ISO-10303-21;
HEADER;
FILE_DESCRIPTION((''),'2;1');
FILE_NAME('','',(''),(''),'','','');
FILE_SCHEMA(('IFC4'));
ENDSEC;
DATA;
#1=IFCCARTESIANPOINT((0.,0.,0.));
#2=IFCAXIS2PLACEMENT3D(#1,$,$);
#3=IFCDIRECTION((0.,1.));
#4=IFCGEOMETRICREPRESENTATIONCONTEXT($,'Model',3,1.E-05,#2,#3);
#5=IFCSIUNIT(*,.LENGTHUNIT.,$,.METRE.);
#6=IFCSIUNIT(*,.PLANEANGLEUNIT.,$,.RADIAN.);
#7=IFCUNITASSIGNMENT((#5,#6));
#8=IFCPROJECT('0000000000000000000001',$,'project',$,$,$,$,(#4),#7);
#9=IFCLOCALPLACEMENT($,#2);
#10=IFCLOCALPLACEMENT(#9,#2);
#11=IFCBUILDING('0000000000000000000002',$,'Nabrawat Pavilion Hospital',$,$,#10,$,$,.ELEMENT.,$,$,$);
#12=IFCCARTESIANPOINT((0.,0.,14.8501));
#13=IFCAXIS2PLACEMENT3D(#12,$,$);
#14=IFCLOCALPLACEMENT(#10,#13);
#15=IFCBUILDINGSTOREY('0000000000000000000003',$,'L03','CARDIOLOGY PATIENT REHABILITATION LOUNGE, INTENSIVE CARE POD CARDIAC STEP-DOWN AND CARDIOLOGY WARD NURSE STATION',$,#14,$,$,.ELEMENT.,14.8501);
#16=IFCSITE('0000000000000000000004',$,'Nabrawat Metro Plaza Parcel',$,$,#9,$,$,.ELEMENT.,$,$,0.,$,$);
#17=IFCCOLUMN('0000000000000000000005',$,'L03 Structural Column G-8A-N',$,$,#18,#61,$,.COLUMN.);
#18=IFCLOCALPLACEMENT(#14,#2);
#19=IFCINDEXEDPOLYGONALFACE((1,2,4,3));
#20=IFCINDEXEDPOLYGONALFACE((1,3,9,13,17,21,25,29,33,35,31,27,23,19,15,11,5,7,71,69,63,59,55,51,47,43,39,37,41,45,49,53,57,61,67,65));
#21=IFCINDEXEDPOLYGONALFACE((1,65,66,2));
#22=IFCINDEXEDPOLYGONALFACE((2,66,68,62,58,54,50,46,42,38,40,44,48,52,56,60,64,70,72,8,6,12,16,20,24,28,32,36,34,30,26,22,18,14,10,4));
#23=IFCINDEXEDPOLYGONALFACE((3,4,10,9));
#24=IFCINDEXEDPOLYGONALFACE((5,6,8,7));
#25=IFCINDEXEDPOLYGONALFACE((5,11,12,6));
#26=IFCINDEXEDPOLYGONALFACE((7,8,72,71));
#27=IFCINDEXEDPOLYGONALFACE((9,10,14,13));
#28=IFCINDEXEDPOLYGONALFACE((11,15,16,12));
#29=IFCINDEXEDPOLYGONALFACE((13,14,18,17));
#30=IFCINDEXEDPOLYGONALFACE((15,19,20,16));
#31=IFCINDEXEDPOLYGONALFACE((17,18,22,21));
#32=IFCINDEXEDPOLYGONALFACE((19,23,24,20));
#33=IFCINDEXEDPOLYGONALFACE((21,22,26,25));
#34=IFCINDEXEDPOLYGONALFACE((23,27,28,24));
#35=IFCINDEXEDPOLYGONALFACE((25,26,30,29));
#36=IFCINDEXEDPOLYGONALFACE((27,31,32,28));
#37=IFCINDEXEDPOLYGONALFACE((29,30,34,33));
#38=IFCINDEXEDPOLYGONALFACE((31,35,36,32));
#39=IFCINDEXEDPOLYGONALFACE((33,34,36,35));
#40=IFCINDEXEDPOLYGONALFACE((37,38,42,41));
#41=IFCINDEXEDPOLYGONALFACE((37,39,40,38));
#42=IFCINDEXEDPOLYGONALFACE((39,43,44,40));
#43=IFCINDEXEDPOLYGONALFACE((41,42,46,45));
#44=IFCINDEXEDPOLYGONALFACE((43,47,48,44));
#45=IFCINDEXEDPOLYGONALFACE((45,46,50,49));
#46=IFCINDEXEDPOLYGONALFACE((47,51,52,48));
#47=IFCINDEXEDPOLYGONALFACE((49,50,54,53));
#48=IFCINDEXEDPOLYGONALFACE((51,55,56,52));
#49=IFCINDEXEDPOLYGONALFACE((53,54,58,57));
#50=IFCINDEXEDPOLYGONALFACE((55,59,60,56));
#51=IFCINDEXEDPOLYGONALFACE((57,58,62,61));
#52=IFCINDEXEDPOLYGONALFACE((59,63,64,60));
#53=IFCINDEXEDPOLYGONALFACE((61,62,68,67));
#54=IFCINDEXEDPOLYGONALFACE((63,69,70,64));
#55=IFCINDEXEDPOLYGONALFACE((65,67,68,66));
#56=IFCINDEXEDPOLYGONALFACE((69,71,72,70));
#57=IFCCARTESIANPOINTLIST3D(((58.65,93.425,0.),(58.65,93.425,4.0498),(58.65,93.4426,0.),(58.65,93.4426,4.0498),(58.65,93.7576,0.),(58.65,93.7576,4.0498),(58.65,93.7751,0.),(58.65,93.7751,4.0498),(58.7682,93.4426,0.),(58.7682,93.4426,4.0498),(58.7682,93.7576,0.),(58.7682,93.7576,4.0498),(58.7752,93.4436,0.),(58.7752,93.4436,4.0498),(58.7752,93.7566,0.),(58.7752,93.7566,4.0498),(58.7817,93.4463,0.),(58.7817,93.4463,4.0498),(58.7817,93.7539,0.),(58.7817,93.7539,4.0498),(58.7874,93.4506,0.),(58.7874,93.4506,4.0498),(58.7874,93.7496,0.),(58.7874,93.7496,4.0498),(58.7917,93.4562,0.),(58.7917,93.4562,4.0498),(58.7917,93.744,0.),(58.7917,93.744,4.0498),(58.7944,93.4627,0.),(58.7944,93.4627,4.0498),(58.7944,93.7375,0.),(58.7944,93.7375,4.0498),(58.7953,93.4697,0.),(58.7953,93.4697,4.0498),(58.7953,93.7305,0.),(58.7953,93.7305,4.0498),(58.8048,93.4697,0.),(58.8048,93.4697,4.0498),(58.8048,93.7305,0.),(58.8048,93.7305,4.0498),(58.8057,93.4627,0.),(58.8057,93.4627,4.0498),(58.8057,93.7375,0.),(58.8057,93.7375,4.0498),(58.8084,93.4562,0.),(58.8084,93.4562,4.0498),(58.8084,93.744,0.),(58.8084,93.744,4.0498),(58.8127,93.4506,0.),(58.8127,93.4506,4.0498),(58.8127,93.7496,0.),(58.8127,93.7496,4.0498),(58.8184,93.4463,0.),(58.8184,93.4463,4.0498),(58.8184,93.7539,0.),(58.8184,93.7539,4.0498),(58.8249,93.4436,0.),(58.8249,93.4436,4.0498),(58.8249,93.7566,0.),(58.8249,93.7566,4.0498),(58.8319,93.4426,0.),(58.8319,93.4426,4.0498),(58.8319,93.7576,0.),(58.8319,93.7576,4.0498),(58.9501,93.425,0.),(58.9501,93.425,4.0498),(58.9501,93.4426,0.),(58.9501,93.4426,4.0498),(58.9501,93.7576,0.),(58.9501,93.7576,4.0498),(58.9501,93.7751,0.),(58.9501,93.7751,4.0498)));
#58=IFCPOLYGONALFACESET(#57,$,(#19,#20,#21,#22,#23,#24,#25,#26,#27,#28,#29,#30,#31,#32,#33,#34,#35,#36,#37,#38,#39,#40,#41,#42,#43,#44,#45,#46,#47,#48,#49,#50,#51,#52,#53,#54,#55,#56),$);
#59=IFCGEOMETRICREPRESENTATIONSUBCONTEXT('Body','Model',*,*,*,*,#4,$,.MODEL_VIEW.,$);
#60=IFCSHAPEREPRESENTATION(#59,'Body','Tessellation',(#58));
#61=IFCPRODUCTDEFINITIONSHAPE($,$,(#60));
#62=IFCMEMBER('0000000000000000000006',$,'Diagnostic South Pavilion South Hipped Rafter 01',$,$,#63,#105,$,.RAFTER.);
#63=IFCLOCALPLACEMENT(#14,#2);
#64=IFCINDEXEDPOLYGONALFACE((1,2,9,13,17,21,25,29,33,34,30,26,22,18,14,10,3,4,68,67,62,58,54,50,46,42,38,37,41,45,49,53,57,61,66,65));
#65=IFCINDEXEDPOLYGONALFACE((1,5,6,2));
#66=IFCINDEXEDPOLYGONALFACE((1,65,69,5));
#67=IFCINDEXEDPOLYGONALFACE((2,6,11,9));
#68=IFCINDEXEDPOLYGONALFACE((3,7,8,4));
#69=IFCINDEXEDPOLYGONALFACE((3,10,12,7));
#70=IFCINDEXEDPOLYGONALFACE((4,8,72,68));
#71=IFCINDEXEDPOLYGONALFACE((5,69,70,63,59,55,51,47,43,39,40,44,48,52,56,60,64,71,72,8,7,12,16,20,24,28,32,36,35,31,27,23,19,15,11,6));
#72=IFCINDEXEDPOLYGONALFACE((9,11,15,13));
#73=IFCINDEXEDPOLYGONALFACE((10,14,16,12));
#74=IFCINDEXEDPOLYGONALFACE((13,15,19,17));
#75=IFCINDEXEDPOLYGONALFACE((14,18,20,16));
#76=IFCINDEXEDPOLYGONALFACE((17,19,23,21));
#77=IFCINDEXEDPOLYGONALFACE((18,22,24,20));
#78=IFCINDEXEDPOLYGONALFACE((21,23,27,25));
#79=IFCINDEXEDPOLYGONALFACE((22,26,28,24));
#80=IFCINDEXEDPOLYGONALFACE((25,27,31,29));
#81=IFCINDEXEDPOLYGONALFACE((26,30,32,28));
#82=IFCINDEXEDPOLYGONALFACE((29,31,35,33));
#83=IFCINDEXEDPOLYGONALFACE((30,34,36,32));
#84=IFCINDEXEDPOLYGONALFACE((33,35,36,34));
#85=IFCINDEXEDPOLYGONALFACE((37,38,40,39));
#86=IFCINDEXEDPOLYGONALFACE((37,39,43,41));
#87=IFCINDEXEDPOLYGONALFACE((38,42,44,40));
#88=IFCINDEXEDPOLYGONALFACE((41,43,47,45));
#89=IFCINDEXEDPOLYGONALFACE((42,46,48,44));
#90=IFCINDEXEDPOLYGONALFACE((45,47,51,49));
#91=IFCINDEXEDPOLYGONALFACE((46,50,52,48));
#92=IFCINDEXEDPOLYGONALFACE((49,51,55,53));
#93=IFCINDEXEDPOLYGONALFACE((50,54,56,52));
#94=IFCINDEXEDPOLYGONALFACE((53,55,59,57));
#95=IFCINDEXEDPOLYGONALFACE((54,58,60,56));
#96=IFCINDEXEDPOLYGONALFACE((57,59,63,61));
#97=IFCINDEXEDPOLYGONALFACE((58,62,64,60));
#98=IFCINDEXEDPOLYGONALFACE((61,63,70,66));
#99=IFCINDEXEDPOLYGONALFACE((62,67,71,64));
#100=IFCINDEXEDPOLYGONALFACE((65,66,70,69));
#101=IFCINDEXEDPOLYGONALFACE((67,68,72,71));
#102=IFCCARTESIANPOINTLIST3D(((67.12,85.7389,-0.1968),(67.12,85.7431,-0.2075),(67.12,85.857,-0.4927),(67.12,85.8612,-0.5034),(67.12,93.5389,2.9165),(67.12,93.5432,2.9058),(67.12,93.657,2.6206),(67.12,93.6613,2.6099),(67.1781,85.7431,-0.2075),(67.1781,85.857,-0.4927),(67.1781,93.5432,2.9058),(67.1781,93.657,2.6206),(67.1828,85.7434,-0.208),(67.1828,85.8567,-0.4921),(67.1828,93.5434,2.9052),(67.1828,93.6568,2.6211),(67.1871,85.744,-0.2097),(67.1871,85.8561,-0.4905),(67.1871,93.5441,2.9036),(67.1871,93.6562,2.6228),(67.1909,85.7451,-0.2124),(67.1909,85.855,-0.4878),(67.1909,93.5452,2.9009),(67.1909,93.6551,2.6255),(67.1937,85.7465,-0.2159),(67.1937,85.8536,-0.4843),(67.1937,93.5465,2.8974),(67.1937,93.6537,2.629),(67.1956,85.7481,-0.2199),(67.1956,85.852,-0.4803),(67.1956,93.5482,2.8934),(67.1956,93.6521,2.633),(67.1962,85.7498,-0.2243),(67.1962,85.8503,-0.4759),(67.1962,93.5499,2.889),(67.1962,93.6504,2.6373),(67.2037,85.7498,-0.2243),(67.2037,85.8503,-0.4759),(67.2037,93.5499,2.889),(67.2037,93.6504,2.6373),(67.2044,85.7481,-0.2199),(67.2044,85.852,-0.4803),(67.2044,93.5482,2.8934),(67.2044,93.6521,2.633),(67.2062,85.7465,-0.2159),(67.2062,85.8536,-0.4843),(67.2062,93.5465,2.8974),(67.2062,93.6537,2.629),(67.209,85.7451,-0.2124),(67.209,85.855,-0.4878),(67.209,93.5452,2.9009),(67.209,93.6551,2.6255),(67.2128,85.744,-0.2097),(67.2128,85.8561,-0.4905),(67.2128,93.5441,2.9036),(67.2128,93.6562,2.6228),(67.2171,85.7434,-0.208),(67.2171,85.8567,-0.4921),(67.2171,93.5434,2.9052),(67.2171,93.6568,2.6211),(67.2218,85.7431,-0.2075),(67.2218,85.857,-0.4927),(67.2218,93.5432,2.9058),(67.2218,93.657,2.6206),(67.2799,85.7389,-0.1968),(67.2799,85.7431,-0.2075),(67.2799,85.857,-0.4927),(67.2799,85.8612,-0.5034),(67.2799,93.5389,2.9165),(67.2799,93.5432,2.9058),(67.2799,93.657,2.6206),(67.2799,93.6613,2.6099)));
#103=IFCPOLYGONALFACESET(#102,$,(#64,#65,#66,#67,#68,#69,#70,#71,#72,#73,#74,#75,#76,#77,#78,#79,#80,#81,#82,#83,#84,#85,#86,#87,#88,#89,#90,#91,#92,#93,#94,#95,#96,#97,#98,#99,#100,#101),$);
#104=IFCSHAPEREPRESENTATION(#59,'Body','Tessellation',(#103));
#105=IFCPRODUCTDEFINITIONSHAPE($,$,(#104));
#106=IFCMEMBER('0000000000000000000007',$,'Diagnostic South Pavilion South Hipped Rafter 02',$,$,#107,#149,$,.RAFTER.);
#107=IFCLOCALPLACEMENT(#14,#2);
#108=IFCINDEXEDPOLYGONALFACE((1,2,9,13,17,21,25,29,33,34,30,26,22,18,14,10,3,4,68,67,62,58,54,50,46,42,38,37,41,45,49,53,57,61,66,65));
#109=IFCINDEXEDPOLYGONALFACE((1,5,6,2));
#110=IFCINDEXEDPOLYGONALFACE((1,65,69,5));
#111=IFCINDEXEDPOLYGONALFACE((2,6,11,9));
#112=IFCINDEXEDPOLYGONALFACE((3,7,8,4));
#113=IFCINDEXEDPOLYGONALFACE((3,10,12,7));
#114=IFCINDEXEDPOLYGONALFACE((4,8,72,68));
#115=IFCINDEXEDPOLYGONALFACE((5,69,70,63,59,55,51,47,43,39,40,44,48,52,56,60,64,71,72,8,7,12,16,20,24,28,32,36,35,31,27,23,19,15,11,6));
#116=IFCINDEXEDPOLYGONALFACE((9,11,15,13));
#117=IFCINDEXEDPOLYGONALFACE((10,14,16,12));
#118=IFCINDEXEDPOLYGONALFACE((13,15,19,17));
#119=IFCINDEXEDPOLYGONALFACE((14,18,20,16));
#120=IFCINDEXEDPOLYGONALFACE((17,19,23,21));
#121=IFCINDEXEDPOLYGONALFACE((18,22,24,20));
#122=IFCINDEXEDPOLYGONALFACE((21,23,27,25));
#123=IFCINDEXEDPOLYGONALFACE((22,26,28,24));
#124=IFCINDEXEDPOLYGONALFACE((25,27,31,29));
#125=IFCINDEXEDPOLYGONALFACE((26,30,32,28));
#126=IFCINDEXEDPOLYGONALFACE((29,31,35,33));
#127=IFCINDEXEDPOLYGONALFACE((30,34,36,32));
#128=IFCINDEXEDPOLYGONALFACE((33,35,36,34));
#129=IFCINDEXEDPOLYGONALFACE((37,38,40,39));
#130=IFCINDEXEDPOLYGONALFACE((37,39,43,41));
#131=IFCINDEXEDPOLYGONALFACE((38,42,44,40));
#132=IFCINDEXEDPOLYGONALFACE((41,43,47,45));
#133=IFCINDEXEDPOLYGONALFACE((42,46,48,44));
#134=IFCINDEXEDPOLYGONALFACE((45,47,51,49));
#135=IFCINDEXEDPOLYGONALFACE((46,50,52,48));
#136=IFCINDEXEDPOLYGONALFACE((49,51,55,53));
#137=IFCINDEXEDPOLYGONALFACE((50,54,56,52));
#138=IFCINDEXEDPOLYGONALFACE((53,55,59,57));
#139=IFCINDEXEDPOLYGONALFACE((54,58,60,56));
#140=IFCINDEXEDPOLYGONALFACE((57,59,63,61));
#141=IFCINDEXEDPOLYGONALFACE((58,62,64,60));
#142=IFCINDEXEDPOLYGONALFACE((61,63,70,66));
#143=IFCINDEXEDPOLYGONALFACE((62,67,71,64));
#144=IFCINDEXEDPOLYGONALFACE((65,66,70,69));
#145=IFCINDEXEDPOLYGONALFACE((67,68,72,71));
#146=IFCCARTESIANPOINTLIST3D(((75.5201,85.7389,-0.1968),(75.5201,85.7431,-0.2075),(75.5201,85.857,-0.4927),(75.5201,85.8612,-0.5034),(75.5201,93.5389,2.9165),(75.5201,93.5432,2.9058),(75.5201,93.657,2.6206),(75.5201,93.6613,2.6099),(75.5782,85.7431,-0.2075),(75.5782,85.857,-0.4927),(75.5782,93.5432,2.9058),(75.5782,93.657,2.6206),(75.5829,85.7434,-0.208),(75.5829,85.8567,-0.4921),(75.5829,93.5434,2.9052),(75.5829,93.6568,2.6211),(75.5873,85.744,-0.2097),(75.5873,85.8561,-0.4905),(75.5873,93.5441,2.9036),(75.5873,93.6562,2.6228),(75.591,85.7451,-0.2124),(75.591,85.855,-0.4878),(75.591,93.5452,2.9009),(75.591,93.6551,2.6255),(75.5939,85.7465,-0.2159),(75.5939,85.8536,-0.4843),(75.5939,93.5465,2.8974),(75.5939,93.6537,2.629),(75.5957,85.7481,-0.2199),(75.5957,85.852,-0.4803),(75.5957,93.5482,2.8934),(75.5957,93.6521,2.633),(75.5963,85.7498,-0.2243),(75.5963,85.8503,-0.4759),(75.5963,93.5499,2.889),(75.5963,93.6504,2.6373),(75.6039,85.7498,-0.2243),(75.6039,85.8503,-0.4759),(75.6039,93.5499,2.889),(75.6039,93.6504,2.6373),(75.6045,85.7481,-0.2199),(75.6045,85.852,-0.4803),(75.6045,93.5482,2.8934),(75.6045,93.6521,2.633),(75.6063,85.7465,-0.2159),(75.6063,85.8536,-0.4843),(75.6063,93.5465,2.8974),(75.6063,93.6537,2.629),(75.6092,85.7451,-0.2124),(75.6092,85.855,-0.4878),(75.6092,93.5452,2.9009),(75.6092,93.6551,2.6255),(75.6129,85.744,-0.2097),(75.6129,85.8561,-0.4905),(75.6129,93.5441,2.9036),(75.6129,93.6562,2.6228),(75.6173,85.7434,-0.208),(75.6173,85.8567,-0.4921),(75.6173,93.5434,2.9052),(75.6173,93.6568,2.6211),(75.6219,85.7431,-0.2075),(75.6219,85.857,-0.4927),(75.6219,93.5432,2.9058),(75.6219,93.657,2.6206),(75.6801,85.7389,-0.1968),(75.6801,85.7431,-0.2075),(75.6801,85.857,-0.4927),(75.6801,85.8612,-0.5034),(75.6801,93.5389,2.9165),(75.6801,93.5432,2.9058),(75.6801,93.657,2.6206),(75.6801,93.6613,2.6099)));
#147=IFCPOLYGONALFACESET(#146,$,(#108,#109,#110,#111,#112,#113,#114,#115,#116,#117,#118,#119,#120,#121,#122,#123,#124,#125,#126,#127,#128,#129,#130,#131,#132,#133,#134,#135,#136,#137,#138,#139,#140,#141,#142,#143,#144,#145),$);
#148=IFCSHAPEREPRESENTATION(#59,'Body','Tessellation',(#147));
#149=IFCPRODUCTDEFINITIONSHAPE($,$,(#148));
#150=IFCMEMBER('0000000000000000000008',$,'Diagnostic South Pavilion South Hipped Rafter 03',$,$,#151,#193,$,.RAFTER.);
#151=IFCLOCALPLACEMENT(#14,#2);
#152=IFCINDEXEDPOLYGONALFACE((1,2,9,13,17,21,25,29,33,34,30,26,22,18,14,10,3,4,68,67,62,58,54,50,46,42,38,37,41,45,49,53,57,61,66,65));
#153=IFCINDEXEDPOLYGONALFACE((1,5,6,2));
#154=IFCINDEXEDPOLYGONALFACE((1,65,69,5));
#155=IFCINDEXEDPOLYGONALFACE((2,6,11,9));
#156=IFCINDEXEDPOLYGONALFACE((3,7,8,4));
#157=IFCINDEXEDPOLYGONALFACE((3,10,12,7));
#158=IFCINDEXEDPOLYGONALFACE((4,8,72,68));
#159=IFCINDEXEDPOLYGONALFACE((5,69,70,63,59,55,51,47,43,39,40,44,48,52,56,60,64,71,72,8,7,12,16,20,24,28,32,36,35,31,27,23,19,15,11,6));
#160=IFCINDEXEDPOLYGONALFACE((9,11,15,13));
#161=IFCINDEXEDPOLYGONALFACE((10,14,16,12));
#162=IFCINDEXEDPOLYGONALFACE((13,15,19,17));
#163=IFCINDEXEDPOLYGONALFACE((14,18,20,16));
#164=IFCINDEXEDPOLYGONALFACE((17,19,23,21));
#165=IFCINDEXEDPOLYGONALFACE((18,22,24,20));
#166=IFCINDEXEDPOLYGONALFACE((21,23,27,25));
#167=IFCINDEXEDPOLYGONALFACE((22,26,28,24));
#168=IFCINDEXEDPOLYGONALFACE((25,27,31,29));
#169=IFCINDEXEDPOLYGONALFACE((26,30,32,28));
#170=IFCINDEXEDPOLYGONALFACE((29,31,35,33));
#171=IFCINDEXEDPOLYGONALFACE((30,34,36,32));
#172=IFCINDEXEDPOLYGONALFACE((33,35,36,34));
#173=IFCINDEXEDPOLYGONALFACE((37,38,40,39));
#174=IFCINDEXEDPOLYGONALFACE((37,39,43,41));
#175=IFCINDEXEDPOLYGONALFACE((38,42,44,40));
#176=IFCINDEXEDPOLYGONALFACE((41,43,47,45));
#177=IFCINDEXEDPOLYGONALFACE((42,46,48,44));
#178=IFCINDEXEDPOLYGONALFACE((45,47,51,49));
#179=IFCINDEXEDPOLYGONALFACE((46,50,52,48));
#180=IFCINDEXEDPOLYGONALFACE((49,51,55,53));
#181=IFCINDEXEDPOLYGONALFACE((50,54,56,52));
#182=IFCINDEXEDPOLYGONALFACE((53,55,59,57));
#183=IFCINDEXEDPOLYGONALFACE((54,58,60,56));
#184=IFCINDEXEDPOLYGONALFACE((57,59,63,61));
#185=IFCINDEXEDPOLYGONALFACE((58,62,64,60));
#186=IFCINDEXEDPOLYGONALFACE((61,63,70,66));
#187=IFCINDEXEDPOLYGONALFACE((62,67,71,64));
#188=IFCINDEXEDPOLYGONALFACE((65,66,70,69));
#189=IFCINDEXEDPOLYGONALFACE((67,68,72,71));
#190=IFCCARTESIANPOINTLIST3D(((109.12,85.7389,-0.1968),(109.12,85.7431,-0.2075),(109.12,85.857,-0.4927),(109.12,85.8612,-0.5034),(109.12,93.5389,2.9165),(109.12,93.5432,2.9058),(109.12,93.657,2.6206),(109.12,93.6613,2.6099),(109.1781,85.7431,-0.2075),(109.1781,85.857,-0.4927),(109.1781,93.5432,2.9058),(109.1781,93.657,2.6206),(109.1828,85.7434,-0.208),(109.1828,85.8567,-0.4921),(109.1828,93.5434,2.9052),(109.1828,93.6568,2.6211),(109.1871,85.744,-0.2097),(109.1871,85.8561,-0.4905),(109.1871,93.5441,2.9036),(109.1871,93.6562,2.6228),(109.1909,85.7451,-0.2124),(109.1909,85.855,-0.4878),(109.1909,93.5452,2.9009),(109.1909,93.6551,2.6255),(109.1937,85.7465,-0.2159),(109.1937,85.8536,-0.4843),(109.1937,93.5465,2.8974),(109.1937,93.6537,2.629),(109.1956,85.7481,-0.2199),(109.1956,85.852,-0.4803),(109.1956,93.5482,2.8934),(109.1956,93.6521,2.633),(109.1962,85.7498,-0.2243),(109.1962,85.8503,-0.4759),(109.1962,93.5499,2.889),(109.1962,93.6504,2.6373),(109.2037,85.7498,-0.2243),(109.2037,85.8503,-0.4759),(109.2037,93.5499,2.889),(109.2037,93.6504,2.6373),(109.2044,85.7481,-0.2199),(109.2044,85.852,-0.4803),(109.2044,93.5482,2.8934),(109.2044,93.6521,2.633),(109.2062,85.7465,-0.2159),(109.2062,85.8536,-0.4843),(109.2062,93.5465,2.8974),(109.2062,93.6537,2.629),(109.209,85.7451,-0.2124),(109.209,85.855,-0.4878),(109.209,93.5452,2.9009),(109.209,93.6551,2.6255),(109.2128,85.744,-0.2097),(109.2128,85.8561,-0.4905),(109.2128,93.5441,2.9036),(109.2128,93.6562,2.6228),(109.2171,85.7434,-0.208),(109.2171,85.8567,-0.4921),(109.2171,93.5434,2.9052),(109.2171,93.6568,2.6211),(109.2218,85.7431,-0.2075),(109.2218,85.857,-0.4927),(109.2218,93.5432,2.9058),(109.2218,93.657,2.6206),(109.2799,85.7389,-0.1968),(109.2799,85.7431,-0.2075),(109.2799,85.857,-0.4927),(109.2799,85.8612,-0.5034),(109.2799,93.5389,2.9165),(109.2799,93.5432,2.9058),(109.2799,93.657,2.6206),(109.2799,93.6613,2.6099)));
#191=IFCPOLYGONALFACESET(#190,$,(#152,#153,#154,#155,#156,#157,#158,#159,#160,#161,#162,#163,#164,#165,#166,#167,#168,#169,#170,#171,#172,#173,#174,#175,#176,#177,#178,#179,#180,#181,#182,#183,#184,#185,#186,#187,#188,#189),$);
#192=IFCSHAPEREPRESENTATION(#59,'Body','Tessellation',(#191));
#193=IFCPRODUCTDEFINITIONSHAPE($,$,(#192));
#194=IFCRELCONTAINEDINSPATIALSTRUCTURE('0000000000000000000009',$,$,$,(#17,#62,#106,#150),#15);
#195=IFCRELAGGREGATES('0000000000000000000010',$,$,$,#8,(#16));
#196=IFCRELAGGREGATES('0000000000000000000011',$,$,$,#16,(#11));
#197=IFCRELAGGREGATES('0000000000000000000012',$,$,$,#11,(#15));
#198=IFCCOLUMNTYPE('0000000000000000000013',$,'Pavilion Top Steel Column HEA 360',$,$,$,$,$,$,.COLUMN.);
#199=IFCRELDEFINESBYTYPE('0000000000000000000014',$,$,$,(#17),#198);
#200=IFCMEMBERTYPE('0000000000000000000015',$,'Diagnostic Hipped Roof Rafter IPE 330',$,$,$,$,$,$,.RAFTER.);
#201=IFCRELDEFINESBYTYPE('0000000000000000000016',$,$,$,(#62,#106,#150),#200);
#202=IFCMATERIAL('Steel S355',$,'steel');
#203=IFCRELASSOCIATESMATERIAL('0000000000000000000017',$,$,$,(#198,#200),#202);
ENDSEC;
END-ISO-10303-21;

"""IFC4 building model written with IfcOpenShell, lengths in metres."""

from ifc_helpers import new_model, si_unit, direction, frame, origin, origin_2d, place, context, subcontext, project, spatial, i_section, extrude, material, material_profile, profile_set, type_object, element, save


model = new_model("IFC4")

# Units and contexts
model_context = context("Model", 3, precision=1e-05, world=origin(), true_north=direction((0.0, 1.0)))
body_context = subcontext(model_context, "Body", "Model", "MODEL_VIEW")
ifc_project = project(units=[si_unit("LENGTHUNIT", "METRE"), si_unit("PLANEANGLEUNIT", "RADIAN")], contexts=[model_context])

# Site, building, storey
site_placement = place(None, origin())
site = spatial("IfcSite", under=ifc_project, at=site_placement, Name="Nabrawat Metro Plaza Parcel", CompositionType="ELEMENT", RefElevation=0.0)
building_placement = place(site_placement, origin())
building = spatial("IfcBuilding", under=site, at=building_placement, Name="Nabrawat Pavilion Hospital", CompositionType="ELEMENT")
storey_placement = place(building_placement, frame((0.0, 0.0, 14.8501)))
storey = spatial("IfcBuildingStorey", under=building, at=storey_placement, Name="L03", Description="CARDIOLOGY PATIENT REHABILITATION LOUNGE, INTENSIVE CARE POD CARDIAC STEP-DOWN AND CARDIOLOGY WARD NURSE STATION", CompositionType="ELEMENT", Elevation=14.8501)

# Column
ifc_material_1 = material(Name="Steel S355", Category="steel")
ifc_material_profile_1 = material_profile(ifc_material_1, i_section(OverallWidth=0.3, OverallDepth=0.3501, WebThickness=0.0095, FlangeThickness=0.0176, FilletRadius=0.0271, at=origin_2d()), Name="HEA 360")
ifc_profile_set_1 = profile_set([ifc_material_profile_1], Name="Steel S355")
column_type = type_object("IfcColumnType", Name="Pavilion Top Steel Column HEA 360", PredefinedType="COLUMN", material=ifc_profile_set_1)
for number, where, z_axis, x_axis, name in (
    (1, (58.8, 93.6001, 0.0), (0.0, 0.0, 1.0), (1.0, 0.0, 0.0), "L03 Structural Column G-8A-N"),
):
    element("IfcColumn", number, at=place(storey_placement, frame(where, z_axis=z_axis, x_axis=x_axis)), inside=storey, type_object=column_type, Name=name, PredefinedType="COLUMN", context=body_context, shape_type="SweptSolid", body=[
        extrude(i_section(OverallWidth=0.3, OverallDepth=0.3501, WebThickness=0.0095, FlangeThickness=0.0176, FilletRadius=0.0271, at=origin_2d()), origin(), (0.0, 0.0, 1.0), 4.0498),
    ])

# Members
ifc_material_profile_2 = material_profile(ifc_material_1, i_section(OverallWidth=0.1599, OverallDepth=0.3301, WebThickness=0.0076, FlangeThickness=0.0115, FilletRadius=0.0181, at=origin_2d()), Name="IPE 330")
ifc_profile_set_2 = profile_set([ifc_material_profile_2], Name="Steel S355")
member_type_1 = type_object("IfcMemberType", Name="Diagnostic Hipped Roof Rafter IPE 330", PredefinedType="RAFTER", material=ifc_profile_set_2)
for number, where, z_axis, x_axis, name in (
    (2, (67.2, 85.8, -0.3501), (0.0, 0.928753, 0.370699), (-1.0, 0.0, 0.0), "Diagnostic South Pavilion South Hipped Rafter 01"),
    (3, (75.6001, 85.8, -0.3501), (0.0, 0.928753, 0.370699), (-1.0, 0.0, 0.0), "Diagnostic South Pavilion South Hipped Rafter 02"),
    (4, (109.2, 85.8, -0.3501), (0.0, 0.928753, 0.370699), (-1.0, 0.0, 0.0), "Diagnostic South Pavilion South Hipped Rafter 03"),
):
    element("IfcMember", number, at=place(storey_placement, frame(where, z_axis=z_axis, x_axis=x_axis)), inside=storey, type_object=member_type_1, Name=name, PredefinedType="RAFTER", context=body_context, shape_type="SweptSolid", body=[
        extrude(i_section(OverallWidth=0.1599, OverallDepth=0.3301, WebThickness=0.0076, FlangeThickness=0.0115, FilletRadius=0.0181, at=origin_2d()), origin(), (0.0, 0.0, 1.0), 8.3984),
    ])

save(model, "model.ifc")
